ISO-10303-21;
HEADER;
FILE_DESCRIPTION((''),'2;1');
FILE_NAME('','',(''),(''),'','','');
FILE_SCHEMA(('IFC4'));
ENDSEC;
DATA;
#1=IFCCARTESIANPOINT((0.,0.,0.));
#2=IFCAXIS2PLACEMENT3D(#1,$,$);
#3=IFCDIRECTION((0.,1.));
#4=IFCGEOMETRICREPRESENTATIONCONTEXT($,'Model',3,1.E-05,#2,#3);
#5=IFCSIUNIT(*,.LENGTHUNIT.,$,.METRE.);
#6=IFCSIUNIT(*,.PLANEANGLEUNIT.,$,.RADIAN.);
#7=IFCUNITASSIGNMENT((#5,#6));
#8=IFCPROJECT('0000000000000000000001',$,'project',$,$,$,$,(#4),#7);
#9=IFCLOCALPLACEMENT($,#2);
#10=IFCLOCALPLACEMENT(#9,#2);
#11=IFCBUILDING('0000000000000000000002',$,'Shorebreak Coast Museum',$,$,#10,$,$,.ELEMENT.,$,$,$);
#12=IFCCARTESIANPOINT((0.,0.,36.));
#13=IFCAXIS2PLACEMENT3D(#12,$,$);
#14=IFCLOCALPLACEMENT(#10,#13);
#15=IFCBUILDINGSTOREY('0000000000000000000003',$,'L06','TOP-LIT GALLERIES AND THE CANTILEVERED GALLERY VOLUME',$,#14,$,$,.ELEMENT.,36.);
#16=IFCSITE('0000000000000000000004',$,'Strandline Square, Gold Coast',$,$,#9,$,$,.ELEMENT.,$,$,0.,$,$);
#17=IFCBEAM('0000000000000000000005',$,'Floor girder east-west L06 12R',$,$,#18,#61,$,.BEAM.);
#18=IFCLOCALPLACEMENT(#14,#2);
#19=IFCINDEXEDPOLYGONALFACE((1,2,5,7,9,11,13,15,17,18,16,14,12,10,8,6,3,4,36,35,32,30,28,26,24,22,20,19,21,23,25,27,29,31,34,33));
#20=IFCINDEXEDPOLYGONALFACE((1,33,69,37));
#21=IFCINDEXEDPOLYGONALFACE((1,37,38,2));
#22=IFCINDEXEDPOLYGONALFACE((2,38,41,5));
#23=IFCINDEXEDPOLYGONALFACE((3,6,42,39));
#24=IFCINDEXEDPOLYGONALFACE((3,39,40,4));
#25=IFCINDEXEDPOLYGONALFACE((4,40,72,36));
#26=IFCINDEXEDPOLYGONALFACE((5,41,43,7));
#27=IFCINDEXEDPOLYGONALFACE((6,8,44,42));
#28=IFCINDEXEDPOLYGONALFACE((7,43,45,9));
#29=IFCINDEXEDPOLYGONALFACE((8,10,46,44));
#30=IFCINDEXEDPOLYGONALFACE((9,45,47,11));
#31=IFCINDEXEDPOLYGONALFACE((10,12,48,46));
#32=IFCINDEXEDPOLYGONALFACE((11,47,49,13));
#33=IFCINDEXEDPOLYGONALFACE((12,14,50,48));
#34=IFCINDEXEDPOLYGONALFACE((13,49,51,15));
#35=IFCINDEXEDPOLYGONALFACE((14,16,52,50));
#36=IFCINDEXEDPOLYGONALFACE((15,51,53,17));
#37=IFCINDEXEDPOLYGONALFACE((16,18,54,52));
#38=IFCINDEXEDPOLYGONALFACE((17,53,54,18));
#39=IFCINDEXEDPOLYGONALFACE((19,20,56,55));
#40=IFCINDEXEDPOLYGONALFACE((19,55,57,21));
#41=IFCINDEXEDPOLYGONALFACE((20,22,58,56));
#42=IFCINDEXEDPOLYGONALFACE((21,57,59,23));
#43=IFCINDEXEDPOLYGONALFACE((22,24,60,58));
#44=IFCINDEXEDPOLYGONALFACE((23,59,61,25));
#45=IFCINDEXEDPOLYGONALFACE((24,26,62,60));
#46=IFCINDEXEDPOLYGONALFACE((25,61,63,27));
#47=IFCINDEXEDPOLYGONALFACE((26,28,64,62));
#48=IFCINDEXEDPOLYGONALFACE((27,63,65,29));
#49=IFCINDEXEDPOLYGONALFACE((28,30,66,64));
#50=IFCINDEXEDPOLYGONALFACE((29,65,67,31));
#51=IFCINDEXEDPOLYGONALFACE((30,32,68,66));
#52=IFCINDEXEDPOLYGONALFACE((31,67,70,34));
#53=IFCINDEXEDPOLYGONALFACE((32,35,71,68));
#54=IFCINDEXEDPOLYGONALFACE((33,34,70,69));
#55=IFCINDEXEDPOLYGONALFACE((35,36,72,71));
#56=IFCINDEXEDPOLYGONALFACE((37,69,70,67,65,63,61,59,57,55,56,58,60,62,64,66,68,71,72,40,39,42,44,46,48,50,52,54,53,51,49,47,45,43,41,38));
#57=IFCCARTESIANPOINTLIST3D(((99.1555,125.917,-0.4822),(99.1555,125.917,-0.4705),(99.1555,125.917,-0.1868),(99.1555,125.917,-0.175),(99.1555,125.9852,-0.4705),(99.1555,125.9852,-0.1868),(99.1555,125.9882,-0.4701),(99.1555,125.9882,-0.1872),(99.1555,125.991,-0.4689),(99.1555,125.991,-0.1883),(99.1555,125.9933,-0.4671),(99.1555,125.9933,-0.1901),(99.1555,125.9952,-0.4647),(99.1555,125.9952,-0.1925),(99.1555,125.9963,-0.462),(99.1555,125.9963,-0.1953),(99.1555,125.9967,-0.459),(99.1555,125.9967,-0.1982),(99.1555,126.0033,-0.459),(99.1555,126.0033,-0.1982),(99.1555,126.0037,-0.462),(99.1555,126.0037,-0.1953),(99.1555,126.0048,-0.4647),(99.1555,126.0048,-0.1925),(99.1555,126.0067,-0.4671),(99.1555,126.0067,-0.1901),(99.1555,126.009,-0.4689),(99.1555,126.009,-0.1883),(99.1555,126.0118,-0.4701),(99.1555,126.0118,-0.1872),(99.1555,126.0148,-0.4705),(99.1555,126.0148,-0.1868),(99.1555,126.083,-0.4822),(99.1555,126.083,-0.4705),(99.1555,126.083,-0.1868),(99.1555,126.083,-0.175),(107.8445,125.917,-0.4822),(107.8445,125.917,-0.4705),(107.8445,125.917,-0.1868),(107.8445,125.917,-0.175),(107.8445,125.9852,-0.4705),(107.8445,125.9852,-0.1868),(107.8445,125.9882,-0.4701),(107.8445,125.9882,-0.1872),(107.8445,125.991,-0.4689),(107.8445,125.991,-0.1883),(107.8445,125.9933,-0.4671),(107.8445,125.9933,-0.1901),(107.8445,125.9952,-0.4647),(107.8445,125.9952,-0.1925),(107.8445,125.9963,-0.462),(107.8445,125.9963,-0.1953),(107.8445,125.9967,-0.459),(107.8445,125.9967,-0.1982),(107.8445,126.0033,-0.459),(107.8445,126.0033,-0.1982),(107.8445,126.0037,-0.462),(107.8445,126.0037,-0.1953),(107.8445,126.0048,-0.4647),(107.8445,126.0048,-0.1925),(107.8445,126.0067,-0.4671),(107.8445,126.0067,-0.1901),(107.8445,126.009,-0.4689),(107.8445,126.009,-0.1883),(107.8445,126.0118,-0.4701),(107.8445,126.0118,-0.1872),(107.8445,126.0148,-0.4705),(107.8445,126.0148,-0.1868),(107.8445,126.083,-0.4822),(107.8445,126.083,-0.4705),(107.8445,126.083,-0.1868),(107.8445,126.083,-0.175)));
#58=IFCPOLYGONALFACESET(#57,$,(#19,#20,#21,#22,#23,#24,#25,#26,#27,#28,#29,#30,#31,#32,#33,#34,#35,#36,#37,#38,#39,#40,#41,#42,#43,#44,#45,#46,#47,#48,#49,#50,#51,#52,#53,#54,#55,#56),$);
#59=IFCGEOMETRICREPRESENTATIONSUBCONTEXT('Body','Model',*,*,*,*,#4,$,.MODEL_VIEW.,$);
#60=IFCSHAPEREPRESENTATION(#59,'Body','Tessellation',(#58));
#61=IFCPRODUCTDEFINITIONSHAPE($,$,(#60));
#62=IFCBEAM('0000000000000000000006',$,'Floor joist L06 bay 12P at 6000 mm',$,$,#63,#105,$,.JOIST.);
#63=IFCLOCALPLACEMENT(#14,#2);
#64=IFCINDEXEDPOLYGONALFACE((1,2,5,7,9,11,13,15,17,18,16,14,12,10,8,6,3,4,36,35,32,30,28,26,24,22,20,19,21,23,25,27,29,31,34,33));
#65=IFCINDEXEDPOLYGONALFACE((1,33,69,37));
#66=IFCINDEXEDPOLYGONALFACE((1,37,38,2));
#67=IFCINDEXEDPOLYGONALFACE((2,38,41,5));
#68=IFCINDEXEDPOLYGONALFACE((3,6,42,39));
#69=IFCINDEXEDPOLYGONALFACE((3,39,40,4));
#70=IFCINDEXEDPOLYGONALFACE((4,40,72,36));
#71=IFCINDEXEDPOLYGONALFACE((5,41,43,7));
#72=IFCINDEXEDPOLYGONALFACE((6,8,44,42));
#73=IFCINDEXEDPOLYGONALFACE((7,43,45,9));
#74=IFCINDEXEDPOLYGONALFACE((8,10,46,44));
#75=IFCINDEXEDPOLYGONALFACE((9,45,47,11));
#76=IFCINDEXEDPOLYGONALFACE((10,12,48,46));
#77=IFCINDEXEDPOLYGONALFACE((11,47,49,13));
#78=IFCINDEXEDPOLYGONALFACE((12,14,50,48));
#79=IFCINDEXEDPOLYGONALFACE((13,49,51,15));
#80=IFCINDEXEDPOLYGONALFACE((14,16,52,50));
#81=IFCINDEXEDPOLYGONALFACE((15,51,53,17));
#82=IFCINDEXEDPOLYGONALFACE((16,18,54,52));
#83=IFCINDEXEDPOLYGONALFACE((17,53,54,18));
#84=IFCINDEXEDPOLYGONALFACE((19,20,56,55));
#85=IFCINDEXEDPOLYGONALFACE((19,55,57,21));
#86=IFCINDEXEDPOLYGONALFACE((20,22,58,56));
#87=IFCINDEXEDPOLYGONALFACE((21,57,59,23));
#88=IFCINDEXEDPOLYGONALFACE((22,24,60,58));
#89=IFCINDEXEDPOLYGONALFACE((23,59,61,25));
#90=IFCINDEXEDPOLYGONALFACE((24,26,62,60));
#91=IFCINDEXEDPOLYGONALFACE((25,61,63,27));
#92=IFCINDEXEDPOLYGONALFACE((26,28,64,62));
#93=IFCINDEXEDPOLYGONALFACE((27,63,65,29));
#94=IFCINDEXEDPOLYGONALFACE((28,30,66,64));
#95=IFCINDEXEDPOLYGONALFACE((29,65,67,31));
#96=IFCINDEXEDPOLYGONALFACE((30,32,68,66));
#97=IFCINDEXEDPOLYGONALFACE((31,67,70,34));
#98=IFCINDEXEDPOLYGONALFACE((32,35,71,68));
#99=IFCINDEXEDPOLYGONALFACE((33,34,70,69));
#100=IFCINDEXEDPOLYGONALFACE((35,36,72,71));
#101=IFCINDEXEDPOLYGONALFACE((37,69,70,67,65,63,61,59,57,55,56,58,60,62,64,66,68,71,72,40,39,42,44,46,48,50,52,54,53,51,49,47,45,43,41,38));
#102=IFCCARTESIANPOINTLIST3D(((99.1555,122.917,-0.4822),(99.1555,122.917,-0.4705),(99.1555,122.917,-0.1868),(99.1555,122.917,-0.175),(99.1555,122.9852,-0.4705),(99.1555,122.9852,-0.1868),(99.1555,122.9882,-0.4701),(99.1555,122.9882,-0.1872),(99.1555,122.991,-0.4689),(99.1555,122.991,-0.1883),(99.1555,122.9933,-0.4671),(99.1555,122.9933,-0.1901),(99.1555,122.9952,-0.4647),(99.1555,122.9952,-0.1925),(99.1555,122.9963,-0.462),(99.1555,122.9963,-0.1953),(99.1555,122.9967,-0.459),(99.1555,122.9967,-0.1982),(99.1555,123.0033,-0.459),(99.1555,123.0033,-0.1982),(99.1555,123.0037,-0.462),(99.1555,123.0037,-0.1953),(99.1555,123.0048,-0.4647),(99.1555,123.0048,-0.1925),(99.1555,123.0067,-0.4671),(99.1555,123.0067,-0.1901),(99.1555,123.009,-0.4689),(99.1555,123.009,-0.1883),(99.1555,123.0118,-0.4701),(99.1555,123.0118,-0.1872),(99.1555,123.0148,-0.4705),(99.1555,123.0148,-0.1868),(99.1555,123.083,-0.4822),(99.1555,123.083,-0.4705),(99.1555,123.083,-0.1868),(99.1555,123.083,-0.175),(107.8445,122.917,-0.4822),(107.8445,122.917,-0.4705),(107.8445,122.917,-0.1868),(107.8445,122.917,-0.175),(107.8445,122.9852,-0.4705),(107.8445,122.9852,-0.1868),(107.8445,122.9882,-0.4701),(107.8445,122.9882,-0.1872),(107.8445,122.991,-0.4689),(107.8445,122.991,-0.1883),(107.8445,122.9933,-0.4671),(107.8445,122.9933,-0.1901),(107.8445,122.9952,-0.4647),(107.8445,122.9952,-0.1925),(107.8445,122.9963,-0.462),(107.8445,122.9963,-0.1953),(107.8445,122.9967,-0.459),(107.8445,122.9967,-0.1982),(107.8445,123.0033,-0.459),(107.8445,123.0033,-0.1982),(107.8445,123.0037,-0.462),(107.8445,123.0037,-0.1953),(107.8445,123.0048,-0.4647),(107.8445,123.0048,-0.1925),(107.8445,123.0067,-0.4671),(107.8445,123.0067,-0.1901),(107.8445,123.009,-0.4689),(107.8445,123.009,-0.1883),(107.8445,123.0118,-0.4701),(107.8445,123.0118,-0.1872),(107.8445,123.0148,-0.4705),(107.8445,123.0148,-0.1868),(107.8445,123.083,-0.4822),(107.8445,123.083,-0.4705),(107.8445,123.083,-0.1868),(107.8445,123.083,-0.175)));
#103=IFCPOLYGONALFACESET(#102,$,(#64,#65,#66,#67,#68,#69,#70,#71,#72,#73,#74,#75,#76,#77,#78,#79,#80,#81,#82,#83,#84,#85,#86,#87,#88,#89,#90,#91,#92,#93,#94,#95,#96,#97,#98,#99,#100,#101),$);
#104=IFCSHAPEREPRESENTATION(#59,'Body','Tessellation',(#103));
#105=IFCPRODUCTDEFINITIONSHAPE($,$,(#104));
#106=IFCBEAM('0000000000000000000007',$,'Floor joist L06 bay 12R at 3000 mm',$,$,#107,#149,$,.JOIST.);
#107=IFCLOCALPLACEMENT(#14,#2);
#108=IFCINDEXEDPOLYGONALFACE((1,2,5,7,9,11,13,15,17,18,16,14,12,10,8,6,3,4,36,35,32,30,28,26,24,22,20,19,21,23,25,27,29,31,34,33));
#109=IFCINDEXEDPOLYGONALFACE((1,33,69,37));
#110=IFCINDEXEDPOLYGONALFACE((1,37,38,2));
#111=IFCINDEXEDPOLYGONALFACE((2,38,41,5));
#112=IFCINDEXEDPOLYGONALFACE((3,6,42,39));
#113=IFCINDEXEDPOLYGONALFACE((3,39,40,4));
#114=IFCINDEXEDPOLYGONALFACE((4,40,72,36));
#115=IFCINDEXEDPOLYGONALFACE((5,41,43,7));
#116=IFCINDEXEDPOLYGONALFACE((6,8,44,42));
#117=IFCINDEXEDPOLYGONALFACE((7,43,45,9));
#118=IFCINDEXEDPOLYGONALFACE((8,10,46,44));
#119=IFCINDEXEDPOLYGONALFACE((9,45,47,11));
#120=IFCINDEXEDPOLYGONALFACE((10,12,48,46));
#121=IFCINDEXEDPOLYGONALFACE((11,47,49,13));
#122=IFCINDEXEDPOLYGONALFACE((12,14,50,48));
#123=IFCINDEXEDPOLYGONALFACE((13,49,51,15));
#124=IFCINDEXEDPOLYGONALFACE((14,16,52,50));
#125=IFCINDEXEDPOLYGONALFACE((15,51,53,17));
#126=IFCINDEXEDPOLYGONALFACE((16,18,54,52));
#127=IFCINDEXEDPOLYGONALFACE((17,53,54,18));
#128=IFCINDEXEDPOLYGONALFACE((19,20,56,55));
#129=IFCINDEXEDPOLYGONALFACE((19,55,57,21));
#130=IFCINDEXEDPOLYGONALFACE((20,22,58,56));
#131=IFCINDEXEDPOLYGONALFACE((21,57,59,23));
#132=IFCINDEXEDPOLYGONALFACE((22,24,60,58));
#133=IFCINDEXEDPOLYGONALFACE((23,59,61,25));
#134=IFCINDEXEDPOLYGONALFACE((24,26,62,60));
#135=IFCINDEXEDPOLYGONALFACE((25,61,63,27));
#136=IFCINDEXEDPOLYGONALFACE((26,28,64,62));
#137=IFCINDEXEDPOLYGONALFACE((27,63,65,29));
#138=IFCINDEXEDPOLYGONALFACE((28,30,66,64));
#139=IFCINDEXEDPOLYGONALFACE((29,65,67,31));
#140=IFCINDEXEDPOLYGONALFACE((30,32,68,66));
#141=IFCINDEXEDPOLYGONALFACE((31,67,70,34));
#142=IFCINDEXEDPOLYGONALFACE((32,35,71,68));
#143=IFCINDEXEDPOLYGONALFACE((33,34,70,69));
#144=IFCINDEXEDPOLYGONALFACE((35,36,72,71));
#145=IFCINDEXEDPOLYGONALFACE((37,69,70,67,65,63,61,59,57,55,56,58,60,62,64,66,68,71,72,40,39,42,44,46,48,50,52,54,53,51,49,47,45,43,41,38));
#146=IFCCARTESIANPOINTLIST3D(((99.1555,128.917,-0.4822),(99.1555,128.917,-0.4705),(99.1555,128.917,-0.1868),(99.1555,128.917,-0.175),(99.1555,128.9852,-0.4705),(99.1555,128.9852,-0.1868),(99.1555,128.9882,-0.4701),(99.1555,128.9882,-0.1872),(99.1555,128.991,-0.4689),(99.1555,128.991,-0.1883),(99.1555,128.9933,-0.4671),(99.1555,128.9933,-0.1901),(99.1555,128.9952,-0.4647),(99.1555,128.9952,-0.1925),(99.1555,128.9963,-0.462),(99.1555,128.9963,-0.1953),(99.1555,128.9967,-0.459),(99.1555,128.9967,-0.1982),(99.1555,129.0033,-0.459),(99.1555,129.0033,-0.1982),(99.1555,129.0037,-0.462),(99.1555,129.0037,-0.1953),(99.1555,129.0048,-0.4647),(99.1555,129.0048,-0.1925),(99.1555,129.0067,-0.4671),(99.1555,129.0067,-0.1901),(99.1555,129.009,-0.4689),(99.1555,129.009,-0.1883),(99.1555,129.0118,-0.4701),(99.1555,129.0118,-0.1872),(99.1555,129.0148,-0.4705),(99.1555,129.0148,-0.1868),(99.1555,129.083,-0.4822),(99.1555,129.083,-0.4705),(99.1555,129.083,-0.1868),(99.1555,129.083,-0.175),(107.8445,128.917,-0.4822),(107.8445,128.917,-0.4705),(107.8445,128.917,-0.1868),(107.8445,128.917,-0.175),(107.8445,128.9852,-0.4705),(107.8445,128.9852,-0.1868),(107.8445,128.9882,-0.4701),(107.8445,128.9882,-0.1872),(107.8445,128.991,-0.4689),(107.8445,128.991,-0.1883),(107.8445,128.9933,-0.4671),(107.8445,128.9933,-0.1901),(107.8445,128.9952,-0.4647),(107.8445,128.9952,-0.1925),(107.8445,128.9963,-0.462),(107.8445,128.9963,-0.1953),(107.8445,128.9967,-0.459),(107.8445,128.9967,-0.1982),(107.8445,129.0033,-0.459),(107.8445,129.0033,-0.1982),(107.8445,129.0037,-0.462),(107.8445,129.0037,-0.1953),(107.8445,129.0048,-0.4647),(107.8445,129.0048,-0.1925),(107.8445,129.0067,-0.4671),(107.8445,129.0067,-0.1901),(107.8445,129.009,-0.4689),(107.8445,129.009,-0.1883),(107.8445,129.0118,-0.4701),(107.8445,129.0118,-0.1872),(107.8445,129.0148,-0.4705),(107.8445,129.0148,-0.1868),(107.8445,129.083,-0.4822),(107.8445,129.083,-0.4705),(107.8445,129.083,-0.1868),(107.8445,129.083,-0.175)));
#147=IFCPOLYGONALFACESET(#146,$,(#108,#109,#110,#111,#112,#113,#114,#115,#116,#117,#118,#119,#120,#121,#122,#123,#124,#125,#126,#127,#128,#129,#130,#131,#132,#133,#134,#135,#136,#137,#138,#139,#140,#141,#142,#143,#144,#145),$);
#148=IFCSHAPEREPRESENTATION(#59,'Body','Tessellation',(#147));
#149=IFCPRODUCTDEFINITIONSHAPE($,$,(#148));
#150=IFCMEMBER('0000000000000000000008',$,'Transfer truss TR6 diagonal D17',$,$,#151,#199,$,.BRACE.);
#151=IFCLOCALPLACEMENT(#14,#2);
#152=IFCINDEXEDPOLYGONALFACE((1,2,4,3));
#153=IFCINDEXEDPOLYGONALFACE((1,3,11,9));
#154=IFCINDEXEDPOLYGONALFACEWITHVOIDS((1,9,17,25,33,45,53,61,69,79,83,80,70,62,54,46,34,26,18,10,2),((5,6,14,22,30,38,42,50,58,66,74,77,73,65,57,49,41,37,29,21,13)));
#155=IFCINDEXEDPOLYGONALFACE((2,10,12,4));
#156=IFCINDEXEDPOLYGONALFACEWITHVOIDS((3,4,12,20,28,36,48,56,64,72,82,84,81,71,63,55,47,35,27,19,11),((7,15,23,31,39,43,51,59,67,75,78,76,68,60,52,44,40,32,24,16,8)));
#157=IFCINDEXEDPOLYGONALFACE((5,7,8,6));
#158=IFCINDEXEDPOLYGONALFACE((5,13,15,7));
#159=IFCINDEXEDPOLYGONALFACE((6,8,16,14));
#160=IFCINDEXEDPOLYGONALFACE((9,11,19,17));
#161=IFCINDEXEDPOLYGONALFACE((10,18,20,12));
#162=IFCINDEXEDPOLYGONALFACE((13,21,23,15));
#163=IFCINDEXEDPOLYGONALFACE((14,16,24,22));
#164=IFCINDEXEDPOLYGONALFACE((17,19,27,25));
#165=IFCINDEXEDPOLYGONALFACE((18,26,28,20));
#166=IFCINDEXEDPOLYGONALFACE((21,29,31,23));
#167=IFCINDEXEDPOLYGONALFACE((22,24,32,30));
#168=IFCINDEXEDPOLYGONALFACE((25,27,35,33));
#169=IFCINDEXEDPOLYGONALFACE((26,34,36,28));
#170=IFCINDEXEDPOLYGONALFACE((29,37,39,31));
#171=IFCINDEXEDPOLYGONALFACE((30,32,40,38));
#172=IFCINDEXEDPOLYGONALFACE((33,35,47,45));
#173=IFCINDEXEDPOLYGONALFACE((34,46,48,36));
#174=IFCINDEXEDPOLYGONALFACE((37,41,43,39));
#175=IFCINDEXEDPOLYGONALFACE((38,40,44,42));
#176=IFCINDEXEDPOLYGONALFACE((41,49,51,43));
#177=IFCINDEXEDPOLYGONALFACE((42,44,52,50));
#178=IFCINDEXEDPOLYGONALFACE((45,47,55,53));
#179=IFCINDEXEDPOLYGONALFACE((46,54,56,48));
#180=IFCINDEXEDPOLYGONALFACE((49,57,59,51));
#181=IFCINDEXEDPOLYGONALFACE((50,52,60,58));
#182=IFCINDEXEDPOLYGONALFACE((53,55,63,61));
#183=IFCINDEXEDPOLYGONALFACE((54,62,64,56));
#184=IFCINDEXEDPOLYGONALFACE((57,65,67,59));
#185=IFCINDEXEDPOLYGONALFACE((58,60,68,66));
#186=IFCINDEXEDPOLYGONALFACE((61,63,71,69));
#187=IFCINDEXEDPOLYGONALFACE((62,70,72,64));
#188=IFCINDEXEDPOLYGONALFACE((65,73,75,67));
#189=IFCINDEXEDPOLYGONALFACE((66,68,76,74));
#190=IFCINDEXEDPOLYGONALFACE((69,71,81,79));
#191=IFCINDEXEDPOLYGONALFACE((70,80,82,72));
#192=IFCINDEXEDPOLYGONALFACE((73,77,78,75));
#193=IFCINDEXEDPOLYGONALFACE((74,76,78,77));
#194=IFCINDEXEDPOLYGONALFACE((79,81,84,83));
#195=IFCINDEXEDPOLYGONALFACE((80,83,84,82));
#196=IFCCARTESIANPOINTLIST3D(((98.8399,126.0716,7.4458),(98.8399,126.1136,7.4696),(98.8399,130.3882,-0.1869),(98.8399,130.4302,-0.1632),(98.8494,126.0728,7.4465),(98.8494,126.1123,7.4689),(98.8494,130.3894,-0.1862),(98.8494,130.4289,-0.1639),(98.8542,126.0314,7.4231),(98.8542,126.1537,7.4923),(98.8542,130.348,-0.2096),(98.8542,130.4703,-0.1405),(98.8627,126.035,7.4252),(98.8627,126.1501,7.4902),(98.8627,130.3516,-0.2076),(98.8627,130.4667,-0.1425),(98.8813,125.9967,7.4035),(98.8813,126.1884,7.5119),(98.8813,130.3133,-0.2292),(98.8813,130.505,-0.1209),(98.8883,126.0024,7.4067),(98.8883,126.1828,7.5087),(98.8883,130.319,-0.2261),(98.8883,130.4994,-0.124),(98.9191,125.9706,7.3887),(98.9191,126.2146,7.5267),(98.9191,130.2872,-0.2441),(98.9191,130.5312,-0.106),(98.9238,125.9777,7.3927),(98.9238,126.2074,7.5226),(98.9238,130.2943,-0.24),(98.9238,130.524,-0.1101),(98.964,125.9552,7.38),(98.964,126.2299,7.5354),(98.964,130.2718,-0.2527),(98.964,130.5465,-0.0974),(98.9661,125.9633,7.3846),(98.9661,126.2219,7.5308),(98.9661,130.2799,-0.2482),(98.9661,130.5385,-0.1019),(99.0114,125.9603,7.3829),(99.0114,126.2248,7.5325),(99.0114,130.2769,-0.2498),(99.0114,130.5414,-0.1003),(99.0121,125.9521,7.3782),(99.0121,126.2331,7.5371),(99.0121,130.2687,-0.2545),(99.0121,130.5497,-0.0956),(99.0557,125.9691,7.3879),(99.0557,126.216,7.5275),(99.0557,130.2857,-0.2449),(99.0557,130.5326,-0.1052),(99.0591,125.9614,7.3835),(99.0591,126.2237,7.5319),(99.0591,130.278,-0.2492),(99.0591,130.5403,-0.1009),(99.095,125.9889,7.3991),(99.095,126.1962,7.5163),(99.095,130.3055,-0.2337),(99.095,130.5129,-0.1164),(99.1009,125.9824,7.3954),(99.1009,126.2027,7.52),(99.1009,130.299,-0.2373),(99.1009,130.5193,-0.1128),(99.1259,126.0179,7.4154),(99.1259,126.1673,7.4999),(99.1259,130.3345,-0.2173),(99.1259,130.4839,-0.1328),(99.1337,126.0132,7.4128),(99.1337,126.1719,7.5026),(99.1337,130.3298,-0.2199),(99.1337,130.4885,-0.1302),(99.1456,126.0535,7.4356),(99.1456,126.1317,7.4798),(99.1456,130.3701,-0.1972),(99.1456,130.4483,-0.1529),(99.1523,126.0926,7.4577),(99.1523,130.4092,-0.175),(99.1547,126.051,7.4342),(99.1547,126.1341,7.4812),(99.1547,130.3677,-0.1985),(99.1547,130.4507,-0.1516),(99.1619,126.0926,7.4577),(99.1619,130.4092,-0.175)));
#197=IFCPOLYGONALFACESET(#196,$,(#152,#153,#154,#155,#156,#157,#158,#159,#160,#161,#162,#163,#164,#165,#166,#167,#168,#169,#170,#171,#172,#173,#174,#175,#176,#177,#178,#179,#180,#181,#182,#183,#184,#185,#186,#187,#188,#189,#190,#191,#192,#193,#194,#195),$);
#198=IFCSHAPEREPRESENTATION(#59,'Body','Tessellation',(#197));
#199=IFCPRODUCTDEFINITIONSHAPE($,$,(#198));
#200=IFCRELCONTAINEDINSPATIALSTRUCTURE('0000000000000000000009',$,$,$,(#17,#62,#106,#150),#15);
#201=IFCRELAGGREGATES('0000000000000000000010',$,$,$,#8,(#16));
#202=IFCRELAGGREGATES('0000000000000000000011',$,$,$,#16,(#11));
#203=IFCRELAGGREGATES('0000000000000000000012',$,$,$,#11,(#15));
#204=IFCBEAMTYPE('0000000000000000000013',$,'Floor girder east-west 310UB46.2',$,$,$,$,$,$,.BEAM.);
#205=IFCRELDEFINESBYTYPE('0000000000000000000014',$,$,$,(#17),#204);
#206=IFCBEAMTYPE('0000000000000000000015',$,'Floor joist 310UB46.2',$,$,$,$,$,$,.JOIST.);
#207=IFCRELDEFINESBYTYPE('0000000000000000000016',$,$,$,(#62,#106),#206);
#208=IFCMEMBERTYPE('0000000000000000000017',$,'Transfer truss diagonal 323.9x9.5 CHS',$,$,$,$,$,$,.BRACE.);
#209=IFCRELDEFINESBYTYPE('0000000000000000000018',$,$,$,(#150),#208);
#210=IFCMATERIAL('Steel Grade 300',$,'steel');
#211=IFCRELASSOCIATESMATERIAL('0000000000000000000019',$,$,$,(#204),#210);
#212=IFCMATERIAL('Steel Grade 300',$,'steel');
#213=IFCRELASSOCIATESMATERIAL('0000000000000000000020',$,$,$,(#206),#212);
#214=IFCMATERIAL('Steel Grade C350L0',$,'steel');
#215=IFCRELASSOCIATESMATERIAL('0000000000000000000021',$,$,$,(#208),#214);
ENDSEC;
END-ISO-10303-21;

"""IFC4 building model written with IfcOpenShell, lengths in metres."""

from ifc_helpers import new_model, si_unit, direction, frame, origin, origin_2d, place, context, subcontext, project, spatial, hollow_circle, i_section, extrude, material, material_profile, profile_set, type_object, element, save


model = new_model("IFC4")

# Units and contexts
model_context = context("Model", 3, precision=1e-05, world=origin(), true_north=direction((0.0, 1.0)))
body_context = subcontext(model_context, "Body", "Model", "MODEL_VIEW")
ifc_project = project(units=[si_unit("LENGTHUNIT", "METRE"), si_unit("PLANEANGLEUNIT", "RADIAN")], contexts=[model_context])

# Site, building, storey
site_placement = place(None, origin())
site = spatial("IfcSite", under=ifc_project, at=site_placement, Name="Strandline Square, Gold Coast", CompositionType="ELEMENT", RefElevation=0.0)
building_placement = place(site_placement, origin())
building = spatial("IfcBuilding", under=site, at=building_placement, Name="Shorebreak Coast Museum", CompositionType="ELEMENT")
storey_placement = place(building_placement, frame((0.0, 0.0, 36.0)))
storey = spatial("IfcBuildingStorey", under=building, at=storey_placement, Name="L06", Description="TOP-LIT GALLERIES AND THE CANTILEVERED GALLERY VOLUME", CompositionType="ELEMENT", Elevation=36.0)

# Beams
ifc_material_1 = material(Name="Steel Grade 300", Category="steel")
ifc_material_profile_1 = material_profile(ifc_material_1, i_section(OverallWidth=0.166, OverallDepth=0.3071, WebThickness=0.0066, FlangeThickness=0.0117, FilletRadius=0.0115, at=origin_2d()), Name="310UB46.2")
ifc_profile_set_1 = profile_set([ifc_material_profile_1], Name="Steel Grade 300")
beam_type_1 = type_object("IfcBeamType", Name="Floor girder east-west 310UB46.2", PredefinedType="BEAM", material=ifc_profile_set_1)
beam_placement = place(storey_placement, frame((99.1555, 126.0, -0.3286), z_axis=(1.0, 0.0, 0.0), x_axis=(0.0, 1.0, 0.0)))
element("IfcBeam", 1, at=beam_placement, inside=storey, type_object=beam_type_1, Name="Floor girder east-west L06 12R", PredefinedType="BEAM", context=body_context, shape_type="SweptSolid", body=[
    extrude(i_section(OverallWidth=0.166, OverallDepth=0.3071, WebThickness=0.0066, FlangeThickness=0.0117, FilletRadius=0.0115, at=origin_2d()), origin(), (0.0, 0.0, 1.0), 8.689),
])
ifc_material_2 = material(Name="Steel Grade 300", Category="steel")
ifc_material_profile_2 = material_profile(ifc_material_2, i_section(OverallWidth=0.166, OverallDepth=0.3071, WebThickness=0.0066, FlangeThickness=0.0117, FilletRadius=0.0115, at=origin_2d()), Name="310UB46.2")
ifc_profile_set_2 = profile_set([ifc_material_profile_2], Name="Steel Grade 300")
beam_type_2 = type_object("IfcBeamType", Name="Floor joist 310UB46.2", PredefinedType="JOIST", material=ifc_profile_set_2)
for number, where, z_axis, x_axis, name in (
    (2, (99.1555, 123.0, -0.3286), (1.0, 0.0, 0.0), (0.0, 1.0, 0.0), "Floor joist L06 bay 12P at 6000 mm"),
    (3, (99.1555, 129.0, -0.3286), (1.0, 0.0, 0.0), (0.0, 1.0, 0.0), "Floor joist L06 bay 12R at 3000 mm"),
):
    element("IfcBeam", number, at=place(storey_placement, frame(where, z_axis=z_axis, x_axis=x_axis)), inside=storey, type_object=beam_type_2, Name=name, PredefinedType="JOIST", context=body_context, shape_type="SweptSolid", body=[
        extrude(i_section(OverallWidth=0.166, OverallDepth=0.3071, WebThickness=0.0066, FlangeThickness=0.0117, FilletRadius=0.0115, at=origin_2d()), origin(), (0.0, 0.0, 1.0), 8.689),
    ])

# Member
ifc_material_3 = material(Name="Steel Grade C350L0", Category="steel")
ifc_material_profile_3 = material_profile(ifc_material_3, hollow_circle(Radius=0.1619, WallThickness=0.0095, at=origin_2d()), Name="323.9x9.5 CHS")
ifc_profile_set_3 = profile_set([ifc_material_profile_3], Name="Steel Grade C350L0")
member_type_1 = type_object("IfcMemberType", Name="Transfer truss diagonal 323.9x9.5 CHS", PredefinedType="BRACE", material=ifc_profile_set_3)
member_1_placement = place(storey_placement, frame((99.0, 130.4092, -0.175), z_axis=(0.0, -0.492269, 0.870443), x_axis=(1.0, 0.0, 0.0)))
element("IfcMember", 4, at=member_1_placement, inside=storey, type_object=member_type_1, Name="Transfer truss TR6 diagonal D17", PredefinedType="BRACE", context=body_context, shape_type="SweptSolid", body=[
    extrude(hollow_circle(Radius=0.1619, WallThickness=0.0095, at=origin_2d()), origin(), (0.0, 0.0, 1.0), 8.7688),
])

save(model, "model.ifc")
